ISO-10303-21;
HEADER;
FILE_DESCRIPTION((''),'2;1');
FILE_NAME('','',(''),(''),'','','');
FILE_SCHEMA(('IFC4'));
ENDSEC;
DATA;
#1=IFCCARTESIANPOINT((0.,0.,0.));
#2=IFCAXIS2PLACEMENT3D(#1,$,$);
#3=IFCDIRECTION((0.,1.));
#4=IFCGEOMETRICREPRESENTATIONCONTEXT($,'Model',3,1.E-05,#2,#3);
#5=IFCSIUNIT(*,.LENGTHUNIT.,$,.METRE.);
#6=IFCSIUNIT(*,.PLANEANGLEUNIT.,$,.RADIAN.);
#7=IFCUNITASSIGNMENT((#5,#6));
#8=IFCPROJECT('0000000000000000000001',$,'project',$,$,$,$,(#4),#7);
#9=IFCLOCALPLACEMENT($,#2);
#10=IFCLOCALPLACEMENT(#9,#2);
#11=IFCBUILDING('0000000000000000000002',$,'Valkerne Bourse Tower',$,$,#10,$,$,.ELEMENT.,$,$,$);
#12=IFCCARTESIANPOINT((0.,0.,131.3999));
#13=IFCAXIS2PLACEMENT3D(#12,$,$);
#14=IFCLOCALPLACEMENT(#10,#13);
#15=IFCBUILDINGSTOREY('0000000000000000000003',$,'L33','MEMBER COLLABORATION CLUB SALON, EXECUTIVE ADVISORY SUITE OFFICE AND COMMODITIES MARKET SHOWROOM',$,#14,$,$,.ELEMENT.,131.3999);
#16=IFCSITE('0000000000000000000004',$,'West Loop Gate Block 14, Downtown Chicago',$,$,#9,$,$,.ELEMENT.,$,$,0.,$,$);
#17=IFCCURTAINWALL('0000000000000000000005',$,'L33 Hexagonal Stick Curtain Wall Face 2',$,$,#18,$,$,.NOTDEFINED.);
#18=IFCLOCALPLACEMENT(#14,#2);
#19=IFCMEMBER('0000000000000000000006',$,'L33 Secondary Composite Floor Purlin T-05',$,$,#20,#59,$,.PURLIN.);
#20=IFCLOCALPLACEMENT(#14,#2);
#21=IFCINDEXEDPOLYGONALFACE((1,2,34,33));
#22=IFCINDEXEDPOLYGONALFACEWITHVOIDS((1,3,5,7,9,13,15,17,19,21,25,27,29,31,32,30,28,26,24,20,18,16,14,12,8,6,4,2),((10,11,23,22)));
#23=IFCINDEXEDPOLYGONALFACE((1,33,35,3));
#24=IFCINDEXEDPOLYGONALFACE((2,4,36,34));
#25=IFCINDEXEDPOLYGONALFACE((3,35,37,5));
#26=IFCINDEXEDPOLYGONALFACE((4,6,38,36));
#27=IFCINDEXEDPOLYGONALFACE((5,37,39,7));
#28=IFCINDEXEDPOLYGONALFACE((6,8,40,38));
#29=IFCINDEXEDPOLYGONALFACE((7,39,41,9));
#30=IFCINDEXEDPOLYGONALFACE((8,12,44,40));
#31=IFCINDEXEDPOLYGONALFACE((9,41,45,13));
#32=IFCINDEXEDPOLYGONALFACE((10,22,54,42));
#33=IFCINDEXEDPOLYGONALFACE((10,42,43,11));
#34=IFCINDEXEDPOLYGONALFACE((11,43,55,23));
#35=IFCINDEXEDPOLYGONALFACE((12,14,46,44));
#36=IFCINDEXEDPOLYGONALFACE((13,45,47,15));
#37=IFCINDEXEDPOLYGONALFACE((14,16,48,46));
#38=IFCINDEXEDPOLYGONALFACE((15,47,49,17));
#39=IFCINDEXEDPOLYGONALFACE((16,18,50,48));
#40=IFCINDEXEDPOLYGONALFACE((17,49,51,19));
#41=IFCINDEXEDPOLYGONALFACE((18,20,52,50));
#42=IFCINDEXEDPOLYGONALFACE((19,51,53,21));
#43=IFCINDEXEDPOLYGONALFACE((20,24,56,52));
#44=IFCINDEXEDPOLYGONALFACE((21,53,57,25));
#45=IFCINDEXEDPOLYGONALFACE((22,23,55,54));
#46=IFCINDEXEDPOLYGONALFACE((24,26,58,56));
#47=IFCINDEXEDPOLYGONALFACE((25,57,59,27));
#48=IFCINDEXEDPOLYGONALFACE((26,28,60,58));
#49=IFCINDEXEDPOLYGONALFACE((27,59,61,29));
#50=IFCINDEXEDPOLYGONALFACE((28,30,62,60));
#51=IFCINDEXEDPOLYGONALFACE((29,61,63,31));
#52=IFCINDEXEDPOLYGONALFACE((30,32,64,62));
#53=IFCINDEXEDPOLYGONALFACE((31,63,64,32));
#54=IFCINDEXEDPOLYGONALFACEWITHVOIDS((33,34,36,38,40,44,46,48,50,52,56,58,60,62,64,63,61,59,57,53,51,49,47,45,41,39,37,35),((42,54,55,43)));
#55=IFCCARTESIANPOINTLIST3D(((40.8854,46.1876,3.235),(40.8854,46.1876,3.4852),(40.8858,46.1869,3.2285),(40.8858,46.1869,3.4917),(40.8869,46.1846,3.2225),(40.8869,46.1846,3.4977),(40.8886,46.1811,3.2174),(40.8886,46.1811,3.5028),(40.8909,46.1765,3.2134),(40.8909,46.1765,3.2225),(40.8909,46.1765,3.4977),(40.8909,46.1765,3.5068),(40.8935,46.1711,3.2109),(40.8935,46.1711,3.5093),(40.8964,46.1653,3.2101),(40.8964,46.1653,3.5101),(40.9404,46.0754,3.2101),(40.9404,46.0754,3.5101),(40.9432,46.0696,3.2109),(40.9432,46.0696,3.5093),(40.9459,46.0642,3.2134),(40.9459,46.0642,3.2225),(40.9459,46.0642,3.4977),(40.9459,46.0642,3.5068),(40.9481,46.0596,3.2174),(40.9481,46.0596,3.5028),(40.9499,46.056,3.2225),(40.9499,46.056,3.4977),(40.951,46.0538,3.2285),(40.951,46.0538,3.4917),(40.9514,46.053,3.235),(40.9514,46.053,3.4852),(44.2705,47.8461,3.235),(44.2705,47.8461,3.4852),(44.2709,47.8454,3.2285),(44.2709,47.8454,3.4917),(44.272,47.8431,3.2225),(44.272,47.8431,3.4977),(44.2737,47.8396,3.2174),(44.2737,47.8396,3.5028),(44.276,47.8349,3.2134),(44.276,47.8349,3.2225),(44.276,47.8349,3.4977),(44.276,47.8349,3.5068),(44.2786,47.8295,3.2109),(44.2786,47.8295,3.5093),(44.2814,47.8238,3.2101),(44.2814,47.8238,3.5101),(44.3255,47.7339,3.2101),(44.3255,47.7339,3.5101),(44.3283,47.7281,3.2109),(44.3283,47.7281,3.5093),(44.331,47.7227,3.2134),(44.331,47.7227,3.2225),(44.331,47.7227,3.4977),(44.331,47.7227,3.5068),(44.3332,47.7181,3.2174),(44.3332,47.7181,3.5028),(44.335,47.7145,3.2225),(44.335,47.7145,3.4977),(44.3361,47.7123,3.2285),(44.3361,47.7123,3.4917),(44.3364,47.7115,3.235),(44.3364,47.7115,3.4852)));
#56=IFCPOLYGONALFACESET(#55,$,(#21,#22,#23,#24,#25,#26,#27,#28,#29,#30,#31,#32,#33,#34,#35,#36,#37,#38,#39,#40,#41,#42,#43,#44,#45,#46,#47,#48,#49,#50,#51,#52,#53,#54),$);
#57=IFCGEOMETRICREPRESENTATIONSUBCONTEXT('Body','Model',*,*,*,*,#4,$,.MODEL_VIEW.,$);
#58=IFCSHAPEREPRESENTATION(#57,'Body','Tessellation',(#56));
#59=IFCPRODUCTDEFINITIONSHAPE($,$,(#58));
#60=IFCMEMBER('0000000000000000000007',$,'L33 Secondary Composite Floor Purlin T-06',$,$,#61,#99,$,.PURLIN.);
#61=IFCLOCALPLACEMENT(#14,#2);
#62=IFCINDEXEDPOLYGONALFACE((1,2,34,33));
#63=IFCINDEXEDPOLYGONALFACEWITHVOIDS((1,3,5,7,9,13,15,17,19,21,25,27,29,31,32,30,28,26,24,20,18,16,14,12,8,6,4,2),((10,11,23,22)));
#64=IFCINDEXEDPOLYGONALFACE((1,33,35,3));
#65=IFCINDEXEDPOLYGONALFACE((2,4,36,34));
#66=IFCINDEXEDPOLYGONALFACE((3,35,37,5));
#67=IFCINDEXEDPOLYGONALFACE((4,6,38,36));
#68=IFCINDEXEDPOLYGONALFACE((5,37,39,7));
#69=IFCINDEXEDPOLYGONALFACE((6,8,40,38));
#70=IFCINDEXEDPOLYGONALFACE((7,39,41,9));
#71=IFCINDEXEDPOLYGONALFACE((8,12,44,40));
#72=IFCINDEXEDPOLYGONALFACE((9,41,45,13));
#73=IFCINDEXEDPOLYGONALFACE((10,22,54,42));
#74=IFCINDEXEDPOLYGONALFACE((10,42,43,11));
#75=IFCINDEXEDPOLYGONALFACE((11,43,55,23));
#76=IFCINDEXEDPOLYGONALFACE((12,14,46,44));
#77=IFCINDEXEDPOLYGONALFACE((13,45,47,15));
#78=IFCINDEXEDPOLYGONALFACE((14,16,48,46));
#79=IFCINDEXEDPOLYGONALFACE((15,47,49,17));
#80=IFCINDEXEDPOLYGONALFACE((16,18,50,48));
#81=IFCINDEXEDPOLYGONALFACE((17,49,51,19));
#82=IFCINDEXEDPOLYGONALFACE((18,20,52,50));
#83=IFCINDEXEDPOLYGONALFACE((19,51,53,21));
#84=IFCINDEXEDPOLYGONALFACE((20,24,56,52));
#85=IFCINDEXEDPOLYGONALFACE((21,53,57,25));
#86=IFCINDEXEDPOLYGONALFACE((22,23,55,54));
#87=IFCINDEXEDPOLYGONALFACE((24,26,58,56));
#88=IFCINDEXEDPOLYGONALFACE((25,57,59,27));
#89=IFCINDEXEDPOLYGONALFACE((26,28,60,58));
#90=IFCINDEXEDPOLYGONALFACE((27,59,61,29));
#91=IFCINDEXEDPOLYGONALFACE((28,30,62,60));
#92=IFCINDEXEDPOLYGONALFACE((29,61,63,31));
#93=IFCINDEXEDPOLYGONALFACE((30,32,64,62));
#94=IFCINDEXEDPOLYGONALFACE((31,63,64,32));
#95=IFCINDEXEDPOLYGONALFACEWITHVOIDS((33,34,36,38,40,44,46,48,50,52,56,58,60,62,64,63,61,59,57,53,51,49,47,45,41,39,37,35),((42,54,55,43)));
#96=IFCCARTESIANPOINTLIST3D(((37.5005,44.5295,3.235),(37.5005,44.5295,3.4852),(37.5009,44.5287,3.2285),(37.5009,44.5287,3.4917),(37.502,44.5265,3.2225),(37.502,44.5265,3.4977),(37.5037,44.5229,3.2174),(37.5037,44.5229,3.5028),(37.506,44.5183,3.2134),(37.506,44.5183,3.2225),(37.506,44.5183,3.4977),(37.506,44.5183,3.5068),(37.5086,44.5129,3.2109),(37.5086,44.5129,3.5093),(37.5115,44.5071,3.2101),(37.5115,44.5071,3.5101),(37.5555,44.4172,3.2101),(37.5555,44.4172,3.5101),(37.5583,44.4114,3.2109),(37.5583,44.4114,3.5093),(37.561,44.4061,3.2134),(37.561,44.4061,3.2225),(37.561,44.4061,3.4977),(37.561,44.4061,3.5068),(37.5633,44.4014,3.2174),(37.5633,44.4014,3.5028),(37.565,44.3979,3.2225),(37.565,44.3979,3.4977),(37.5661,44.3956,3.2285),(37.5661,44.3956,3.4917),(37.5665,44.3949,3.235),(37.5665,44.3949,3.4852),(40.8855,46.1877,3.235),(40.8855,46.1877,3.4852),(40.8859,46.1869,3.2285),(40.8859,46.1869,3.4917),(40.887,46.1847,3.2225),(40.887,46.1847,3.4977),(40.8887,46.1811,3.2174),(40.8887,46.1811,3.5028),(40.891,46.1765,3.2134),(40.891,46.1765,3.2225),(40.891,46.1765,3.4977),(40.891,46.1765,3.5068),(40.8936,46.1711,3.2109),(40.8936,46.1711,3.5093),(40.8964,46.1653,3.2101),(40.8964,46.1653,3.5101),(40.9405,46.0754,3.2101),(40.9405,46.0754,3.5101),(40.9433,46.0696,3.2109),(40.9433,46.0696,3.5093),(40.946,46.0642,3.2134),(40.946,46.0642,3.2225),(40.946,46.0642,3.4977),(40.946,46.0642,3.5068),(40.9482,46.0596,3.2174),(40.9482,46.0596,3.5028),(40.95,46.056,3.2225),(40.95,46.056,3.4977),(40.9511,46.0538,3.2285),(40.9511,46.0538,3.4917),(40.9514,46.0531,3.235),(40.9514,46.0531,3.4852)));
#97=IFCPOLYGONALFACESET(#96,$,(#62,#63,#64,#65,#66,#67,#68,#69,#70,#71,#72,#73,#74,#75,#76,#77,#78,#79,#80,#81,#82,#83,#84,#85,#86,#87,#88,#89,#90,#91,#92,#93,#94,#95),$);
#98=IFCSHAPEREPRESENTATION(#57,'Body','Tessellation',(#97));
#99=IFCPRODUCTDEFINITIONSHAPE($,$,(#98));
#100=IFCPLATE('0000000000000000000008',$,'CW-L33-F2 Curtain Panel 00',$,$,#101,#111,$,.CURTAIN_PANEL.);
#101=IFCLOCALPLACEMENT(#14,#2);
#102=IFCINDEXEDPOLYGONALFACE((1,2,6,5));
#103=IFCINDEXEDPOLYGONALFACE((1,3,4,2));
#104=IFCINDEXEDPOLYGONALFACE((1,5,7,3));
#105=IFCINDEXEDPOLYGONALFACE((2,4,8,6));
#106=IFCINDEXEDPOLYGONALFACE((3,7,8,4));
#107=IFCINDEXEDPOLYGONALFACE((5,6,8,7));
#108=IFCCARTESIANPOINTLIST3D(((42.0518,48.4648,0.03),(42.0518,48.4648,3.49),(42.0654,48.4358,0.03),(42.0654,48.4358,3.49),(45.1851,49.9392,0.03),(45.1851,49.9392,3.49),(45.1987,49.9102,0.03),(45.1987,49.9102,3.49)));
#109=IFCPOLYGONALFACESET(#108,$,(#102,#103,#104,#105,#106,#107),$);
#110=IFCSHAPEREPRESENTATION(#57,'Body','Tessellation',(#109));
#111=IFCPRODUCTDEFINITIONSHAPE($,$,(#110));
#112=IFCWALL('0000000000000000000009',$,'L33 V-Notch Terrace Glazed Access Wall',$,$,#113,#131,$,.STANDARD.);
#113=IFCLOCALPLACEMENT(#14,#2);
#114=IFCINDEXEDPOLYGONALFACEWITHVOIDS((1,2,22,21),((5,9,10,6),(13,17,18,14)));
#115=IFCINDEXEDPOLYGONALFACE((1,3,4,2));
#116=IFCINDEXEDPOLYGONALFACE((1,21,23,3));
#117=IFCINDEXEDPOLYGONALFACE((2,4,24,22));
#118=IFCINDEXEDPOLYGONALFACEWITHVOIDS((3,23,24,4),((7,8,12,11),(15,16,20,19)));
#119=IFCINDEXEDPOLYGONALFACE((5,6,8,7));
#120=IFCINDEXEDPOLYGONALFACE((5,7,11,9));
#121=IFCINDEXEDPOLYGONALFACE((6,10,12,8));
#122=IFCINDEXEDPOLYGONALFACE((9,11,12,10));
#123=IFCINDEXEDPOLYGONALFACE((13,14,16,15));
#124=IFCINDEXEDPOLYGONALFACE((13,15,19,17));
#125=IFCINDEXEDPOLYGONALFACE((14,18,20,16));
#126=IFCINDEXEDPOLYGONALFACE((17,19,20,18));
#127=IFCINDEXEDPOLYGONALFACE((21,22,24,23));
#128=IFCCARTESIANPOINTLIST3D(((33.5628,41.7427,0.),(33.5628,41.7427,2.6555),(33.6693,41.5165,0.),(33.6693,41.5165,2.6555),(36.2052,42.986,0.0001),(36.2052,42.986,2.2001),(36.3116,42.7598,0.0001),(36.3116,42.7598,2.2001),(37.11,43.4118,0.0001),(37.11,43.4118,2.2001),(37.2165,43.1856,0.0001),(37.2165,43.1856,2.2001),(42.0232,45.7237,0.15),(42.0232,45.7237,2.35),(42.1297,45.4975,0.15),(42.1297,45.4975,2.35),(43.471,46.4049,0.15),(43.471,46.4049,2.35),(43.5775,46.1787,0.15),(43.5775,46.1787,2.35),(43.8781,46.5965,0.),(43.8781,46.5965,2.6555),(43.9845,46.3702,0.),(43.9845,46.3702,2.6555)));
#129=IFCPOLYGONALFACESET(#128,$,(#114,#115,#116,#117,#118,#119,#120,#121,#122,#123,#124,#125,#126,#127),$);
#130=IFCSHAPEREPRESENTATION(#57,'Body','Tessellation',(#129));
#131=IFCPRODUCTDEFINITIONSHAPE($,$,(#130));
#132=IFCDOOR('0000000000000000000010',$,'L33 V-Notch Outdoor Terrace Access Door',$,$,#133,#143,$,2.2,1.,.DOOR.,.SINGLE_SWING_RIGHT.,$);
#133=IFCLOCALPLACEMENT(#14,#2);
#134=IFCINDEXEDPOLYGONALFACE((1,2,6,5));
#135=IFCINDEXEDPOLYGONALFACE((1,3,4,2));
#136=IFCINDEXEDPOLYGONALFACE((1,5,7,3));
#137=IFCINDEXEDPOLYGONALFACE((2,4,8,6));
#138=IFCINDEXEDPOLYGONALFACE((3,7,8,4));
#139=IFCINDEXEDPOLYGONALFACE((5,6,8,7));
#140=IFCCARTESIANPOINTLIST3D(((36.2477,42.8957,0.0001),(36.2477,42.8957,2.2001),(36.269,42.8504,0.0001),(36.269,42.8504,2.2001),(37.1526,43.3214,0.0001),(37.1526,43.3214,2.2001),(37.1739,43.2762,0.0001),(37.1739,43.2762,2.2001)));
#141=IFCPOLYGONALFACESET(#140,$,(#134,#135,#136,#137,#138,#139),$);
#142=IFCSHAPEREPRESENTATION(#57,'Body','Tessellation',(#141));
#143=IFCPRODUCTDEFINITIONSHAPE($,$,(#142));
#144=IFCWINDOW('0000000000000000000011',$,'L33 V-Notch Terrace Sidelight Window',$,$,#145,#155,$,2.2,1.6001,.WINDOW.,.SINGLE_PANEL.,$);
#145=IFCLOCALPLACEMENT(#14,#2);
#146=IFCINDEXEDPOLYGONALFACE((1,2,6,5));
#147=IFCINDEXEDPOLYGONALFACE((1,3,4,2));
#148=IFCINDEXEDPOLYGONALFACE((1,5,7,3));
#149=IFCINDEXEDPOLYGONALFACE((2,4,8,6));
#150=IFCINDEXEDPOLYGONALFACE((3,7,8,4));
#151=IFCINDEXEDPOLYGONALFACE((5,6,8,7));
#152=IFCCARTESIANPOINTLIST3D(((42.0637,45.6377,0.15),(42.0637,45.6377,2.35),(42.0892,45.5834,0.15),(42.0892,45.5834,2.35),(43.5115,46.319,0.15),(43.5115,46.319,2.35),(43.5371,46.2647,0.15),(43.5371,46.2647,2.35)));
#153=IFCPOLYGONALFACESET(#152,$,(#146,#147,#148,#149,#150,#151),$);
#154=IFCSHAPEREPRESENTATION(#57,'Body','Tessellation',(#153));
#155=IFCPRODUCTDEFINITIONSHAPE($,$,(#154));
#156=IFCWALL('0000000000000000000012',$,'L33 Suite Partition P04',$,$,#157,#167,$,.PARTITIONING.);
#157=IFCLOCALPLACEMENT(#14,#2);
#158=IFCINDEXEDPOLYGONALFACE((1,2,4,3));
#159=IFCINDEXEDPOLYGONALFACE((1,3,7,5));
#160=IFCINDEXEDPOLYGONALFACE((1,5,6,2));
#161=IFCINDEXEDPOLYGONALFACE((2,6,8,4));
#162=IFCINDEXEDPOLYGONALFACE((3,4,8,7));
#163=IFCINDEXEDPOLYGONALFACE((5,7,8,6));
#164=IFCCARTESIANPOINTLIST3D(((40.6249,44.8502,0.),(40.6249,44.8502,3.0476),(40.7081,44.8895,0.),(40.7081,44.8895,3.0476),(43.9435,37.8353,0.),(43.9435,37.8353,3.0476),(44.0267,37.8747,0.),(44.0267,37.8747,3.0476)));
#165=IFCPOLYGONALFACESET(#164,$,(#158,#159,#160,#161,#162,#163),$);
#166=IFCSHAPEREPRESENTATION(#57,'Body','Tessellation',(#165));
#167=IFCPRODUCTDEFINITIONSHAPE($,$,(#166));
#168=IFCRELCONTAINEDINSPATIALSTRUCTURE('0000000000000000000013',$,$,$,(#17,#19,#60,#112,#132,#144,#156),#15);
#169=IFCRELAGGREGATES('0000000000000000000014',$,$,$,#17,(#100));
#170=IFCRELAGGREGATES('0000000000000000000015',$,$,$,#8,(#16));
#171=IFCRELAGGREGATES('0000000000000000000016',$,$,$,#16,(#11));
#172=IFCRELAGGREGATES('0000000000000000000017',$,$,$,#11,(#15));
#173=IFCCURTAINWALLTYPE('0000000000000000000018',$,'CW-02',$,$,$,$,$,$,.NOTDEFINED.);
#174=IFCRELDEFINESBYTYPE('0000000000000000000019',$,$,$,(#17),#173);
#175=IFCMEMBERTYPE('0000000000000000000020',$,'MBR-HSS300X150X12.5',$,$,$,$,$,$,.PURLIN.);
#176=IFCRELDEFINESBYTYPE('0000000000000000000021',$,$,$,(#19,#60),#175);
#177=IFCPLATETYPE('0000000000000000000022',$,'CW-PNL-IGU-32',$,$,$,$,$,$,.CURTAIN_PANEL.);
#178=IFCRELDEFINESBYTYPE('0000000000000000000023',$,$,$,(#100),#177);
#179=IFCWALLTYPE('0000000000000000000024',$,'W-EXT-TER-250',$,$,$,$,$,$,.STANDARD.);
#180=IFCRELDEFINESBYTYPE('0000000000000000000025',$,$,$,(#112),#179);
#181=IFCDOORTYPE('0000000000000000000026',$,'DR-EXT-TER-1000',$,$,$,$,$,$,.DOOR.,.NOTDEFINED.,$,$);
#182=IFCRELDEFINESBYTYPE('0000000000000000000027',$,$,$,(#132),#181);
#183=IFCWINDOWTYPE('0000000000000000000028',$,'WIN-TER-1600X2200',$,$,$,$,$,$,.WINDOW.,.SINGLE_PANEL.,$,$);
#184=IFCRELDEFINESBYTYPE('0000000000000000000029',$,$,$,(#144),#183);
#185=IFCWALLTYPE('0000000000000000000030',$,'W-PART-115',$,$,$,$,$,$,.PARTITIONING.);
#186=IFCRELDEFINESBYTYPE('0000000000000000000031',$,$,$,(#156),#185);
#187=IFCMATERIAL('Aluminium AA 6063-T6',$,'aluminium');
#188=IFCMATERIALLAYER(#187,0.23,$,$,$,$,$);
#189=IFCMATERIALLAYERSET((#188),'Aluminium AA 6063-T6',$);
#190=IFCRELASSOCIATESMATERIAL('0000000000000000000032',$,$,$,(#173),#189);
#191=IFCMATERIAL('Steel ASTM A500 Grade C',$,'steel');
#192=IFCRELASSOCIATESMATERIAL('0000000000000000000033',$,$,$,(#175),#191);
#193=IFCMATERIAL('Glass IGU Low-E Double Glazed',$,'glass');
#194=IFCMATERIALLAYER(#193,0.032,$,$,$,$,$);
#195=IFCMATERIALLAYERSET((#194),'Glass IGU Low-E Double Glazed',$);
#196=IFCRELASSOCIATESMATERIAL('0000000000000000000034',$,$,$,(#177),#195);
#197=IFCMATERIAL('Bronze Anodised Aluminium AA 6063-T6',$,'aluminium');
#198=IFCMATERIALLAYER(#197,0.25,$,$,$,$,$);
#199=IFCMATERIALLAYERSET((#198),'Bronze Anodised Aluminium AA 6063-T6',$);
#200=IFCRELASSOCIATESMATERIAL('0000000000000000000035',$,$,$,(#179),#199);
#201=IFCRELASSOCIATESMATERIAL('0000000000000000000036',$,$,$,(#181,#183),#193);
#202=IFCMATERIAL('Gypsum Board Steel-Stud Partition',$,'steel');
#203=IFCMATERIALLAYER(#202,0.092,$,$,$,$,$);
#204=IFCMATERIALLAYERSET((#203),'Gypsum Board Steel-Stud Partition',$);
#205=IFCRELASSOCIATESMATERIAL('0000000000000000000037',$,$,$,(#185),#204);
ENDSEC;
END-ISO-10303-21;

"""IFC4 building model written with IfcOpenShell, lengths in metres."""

from ifc_helpers import new_model, si_unit, direction, frame, frame_2d, origin, origin_2d, place, context, subcontext, project, spatial, rectangle, hollow_rectangle, extrude, material, layer, layer_set, material_profile, profile_set, type_object, element, fill, aggregate, save


model = new_model("IFC4")

# Units and contexts
model_context = context("Model", 3, precision=1e-05, world=origin(), true_north=direction((0.0, 1.0)))
body_context = subcontext(model_context, "Body", "Model", "MODEL_VIEW")
ifc_project = project(units=[si_unit("LENGTHUNIT", "METRE"), si_unit("PLANEANGLEUNIT", "RADIAN")], contexts=[model_context])

# Site, building, storey
site_placement = place(None, origin())
site = spatial("IfcSite", under=ifc_project, at=site_placement, Name="West Loop Gate Block 14, Downtown Chicago", CompositionType="ELEMENT", RefElevation=0.0)
building_placement = place(site_placement, origin())
building = spatial("IfcBuilding", under=site, at=building_placement, Name="Valkerne Bourse Tower", CompositionType="ELEMENT")
storey_placement = place(building_placement, frame((0.0, 0.0, 131.3999)))
storey = spatial("IfcBuildingStorey", under=building, at=storey_placement, Name="L33", Description="MEMBER COLLABORATION CLUB SALON, EXECUTIVE ADVISORY SUITE OFFICE AND COMMODITIES MARKET SHOWROOM", CompositionType="ELEMENT", Elevation=131.3999)

# Curtain wall
ifc_material_1 = material(Name="Aluminium AA 6063-T6", Category="aluminium")
ifc_layer_1 = layer(ifc_material_1, 0.23)
ifc_layer_set_1 = layer_set([ifc_layer_1], Name="Aluminium AA 6063-T6")
curtain_wall_type = type_object("IfcCurtainWallType", Name="CW-02", PredefinedType="NOTDEFINED", material=ifc_layer_set_1)
curtain_wall_placement = place(storey_placement, origin())
curtain_wall = element("IfcCurtainWall", 1, at=curtain_wall_placement, inside=storey, type_object=curtain_wall_type, Name="L33 Hexagonal Stick Curtain Wall Face 2", PredefinedType="NOTDEFINED")

# Members
ifc_material_2 = material(Name="Bronze Anodised Aluminium AA 6063-T6", Category="aluminium")
ifc_material_3 = material(Name="Steel ASTM A500 Grade C", Category="steel")
ifc_material_profile_1 = material_profile(ifc_material_3, hollow_rectangle(XDim=0.1499, YDim=0.3, WallThickness=0.0125, OuterFilletRadius=0.0249, at=origin_2d()), Name="HSS300X150X12.5")
ifc_profile_set_1 = profile_set([ifc_material_profile_1], Name="Steel ASTM A500 Grade C")
member_type_1 = type_object("IfcMemberType", Name="MBR-HSS300X150X12.5", PredefinedType="PURLIN", material=ifc_profile_set_1)
member_1_placement = place(storey_placement, frame((44.3035, 47.7788, 3.3601), z_axis=(-0.898012, -0.439971, 0.0), x_axis=(0.439971, -0.898012, 0.0)))
element("IfcMember", 2, at=member_1_placement, inside=storey, type_object=member_type_1, Name="L33 Secondary Composite Floor Purlin T-05", PredefinedType="PURLIN", context=body_context, shape_type="SweptSolid", body=[
    extrude(hollow_rectangle(XDim=0.1499, YDim=0.3, WallThickness=0.0125, OuterFilletRadius=0.0249, at=origin_2d()), origin(), (0.0, 0.0, 1.0), 3.7695),
])
member_2_placement = place(storey_placement, frame((40.9185, 46.1204, 3.3601), z_axis=(-0.898038, -0.439919, 0.0), x_axis=(0.439919, -0.898038, 0.0)))
element("IfcMember", 3, at=member_2_placement, inside=storey, type_object=member_type_1, Name="L33 Secondary Composite Floor Purlin T-06", PredefinedType="PURLIN", context=body_context, shape_type="SweptSolid", body=[
    extrude(hollow_rectangle(XDim=0.1499, YDim=0.3, WallThickness=0.0125, OuterFilletRadius=0.0249, at=origin_2d()), origin(), (0.0, 0.0, 1.0), 3.7693),
])

# Plate
ifc_material_4 = material(Name="Glass IGU Low-E Double Glazed", Category="glass")
ifc_layer_2 = layer(ifc_material_4, 0.032)
ifc_layer_set_2 = layer_set([ifc_layer_2], Name="Glass IGU Low-E Double Glazed")
plate_type = type_object("IfcPlateType", Name="CW-PNL-IGU-32", PredefinedType="CURTAIN_PANEL", material=ifc_layer_set_2)
plate_placement = place(storey_placement, frame((43.6252, 49.1875, 0.03), z_axis=(0.0, 0.0, 1.0), x_axis=(-0.904828, -0.425777, 0.0)))
plate = element("IfcPlate", 4, at=plate_placement, type_object=plate_type, Name="CW-L33-F2 Curtain Panel 00", PredefinedType="CURTAIN_PANEL", context=body_context, shape_type="SweptSolid", body=[
    extrude(rectangle(XDim=3.4629, YDim=0.032, at=origin_2d()), origin(), (0.0, 0.0, 1.0), 3.46),
])
aggregate(curtain_wall, [plate])

# Wall, openings, door, window
ifc_layer_3 = layer(ifc_material_2, 0.25)
ifc_layer_set_3 = layer_set([ifc_layer_3], Name="Bronze Anodised Aluminium AA 6063-T6")
wall_type_1 = type_object("IfcWallType", Name="W-EXT-TER-250", PredefinedType="STANDARD", material=ifc_layer_set_3)
wall_1_placement = place(storey_placement, frame((43.9314, 46.4834, 0.0), z_axis=(0.0, 0.0, 1.0), x_axis=(-0.904834, -0.425765, 0.0)))
wall_1 = element("IfcWall", 5, at=wall_1_placement, inside=storey, type_object=wall_type_1, Name="L33 V-Notch Terrace Glazed Access Wall", PredefinedType="STANDARD", context=body_context, shape_type="SweptSolid", body=[
    extrude(rectangle(XDim=11.4001, YDim=0.25, at=frame_2d((5.7002, 0.0))), origin(), (0.0, 0.0, 1.0), 2.6555),
])
opening_1_placement = place(wall_1_placement, frame((7.48, 0.0, 0.0)))
opening_1 = element("IfcOpeningElement", 6, at=opening_1_placement, cuts=wall_1, PredefinedType="OPENING", context=body_context, shape_type="SweptSolid", body=[
    extrude(rectangle(XDim=1.0, YDim=2.2, at=frame_2d((0.5, 1.1001))), frame((0.0, 0.135, 0.0), z_axis=(0.0, -1.0, 0.0), x_axis=(1.0, 0.0, 0.0)), (0.0, 0.0, 1.0), 0.27),
])
opening_2_placement = place(wall_1_placement, frame((0.45, 0.0, 0.1499)))
opening_2 = element("IfcOpeningElement", 7, at=opening_2_placement, cuts=wall_1, PredefinedType="OPENING", context=body_context, shape_type="SweptSolid", body=[
    extrude(rectangle(XDim=1.6001, YDim=2.2, at=frame_2d((0.8, 1.1001))), frame((0.0, 0.135, 0.0), z_axis=(0.0, -1.0, 0.0), x_axis=(1.0, 0.0, 0.0)), (0.0, 0.0, 1.0), 0.27),
])
door_type = type_object("IfcDoorType", Name="DR-EXT-TER-1000", OperationType="NOTDEFINED", PredefinedType="DOOR", material=ifc_material_4)
door_placement = place(opening_1_placement, origin())
door = element("IfcDoor", 8, at=door_placement, inside=storey, type_object=door_type, Name="L33 V-Notch Outdoor Terrace Access Door", OperationType="SINGLE_SWING_RIGHT", OverallHeight=2.2, OverallWidth=1.0, PredefinedType="DOOR", context=body_context, shape_type="SweptSolid", body=[
    extrude(rectangle(XDim=1.0, YDim=2.2, at=frame_2d((0.5, 1.1001))), frame((0.0, 0.0249, 0.0), z_axis=(0.0, -1.0, 0.0), x_axis=(1.0, 0.0, 0.0)), (0.0, 0.0, 1.0), 0.05),
])
fill(opening_1, door)
window_type = type_object("IfcWindowType", Name="WIN-TER-1600X2200", PartitioningType="SINGLE_PANEL", PredefinedType="WINDOW", material=ifc_material_4)
window_placement = place(opening_2_placement, origin())
window = element("IfcWindow", 9, at=window_placement, inside=storey, type_object=window_type, Name="L33 V-Notch Terrace Sidelight Window", OverallHeight=2.2, OverallWidth=1.6001, PartitioningType="SINGLE_PANEL", PredefinedType="WINDOW", context=body_context, shape_type="SweptSolid", body=[
    extrude(rectangle(XDim=1.6001, YDim=2.2, at=frame_2d((0.8, 1.1001))), frame((0.0, 0.03, 0.0), z_axis=(0.0, -1.0, 0.0), x_axis=(1.0, 0.0, 0.0)), (0.0, 0.0, 1.0), 0.0601),
])
fill(opening_2, window)

# Wall
ifc_material_5 = material(Name="Gypsum Board Steel-Stud Partition", Category="steel")
ifc_layer_4 = layer(ifc_material_5, 0.092)
ifc_layer_set_4 = layer_set([ifc_layer_4], Name="Gypsum Board Steel-Stud Partition")
wall_type_2 = type_object("IfcWallType", Name="W-PART-115", PredefinedType="PARTITIONING", material=ifc_layer_set_4)
wall_2_placement = place(storey_placement, frame((43.9851, 37.855, 0.0), z_axis=(0.0, 0.0, 1.0), x_axis=(-0.42764, 0.903949, 0.0)))
element("IfcWall", 10, at=wall_2_placement, inside=storey, type_object=wall_type_2, Name="L33 Suite Partition P04", PredefinedType="PARTITIONING", context=body_context, shape_type="SweptSolid", body=[
    extrude(rectangle(XDim=7.7603, YDim=0.092, at=frame_2d((3.8801, 0.0))), origin(), (0.0, 0.0, 1.0), 3.0476),
])

save(model, "model.ifc")
